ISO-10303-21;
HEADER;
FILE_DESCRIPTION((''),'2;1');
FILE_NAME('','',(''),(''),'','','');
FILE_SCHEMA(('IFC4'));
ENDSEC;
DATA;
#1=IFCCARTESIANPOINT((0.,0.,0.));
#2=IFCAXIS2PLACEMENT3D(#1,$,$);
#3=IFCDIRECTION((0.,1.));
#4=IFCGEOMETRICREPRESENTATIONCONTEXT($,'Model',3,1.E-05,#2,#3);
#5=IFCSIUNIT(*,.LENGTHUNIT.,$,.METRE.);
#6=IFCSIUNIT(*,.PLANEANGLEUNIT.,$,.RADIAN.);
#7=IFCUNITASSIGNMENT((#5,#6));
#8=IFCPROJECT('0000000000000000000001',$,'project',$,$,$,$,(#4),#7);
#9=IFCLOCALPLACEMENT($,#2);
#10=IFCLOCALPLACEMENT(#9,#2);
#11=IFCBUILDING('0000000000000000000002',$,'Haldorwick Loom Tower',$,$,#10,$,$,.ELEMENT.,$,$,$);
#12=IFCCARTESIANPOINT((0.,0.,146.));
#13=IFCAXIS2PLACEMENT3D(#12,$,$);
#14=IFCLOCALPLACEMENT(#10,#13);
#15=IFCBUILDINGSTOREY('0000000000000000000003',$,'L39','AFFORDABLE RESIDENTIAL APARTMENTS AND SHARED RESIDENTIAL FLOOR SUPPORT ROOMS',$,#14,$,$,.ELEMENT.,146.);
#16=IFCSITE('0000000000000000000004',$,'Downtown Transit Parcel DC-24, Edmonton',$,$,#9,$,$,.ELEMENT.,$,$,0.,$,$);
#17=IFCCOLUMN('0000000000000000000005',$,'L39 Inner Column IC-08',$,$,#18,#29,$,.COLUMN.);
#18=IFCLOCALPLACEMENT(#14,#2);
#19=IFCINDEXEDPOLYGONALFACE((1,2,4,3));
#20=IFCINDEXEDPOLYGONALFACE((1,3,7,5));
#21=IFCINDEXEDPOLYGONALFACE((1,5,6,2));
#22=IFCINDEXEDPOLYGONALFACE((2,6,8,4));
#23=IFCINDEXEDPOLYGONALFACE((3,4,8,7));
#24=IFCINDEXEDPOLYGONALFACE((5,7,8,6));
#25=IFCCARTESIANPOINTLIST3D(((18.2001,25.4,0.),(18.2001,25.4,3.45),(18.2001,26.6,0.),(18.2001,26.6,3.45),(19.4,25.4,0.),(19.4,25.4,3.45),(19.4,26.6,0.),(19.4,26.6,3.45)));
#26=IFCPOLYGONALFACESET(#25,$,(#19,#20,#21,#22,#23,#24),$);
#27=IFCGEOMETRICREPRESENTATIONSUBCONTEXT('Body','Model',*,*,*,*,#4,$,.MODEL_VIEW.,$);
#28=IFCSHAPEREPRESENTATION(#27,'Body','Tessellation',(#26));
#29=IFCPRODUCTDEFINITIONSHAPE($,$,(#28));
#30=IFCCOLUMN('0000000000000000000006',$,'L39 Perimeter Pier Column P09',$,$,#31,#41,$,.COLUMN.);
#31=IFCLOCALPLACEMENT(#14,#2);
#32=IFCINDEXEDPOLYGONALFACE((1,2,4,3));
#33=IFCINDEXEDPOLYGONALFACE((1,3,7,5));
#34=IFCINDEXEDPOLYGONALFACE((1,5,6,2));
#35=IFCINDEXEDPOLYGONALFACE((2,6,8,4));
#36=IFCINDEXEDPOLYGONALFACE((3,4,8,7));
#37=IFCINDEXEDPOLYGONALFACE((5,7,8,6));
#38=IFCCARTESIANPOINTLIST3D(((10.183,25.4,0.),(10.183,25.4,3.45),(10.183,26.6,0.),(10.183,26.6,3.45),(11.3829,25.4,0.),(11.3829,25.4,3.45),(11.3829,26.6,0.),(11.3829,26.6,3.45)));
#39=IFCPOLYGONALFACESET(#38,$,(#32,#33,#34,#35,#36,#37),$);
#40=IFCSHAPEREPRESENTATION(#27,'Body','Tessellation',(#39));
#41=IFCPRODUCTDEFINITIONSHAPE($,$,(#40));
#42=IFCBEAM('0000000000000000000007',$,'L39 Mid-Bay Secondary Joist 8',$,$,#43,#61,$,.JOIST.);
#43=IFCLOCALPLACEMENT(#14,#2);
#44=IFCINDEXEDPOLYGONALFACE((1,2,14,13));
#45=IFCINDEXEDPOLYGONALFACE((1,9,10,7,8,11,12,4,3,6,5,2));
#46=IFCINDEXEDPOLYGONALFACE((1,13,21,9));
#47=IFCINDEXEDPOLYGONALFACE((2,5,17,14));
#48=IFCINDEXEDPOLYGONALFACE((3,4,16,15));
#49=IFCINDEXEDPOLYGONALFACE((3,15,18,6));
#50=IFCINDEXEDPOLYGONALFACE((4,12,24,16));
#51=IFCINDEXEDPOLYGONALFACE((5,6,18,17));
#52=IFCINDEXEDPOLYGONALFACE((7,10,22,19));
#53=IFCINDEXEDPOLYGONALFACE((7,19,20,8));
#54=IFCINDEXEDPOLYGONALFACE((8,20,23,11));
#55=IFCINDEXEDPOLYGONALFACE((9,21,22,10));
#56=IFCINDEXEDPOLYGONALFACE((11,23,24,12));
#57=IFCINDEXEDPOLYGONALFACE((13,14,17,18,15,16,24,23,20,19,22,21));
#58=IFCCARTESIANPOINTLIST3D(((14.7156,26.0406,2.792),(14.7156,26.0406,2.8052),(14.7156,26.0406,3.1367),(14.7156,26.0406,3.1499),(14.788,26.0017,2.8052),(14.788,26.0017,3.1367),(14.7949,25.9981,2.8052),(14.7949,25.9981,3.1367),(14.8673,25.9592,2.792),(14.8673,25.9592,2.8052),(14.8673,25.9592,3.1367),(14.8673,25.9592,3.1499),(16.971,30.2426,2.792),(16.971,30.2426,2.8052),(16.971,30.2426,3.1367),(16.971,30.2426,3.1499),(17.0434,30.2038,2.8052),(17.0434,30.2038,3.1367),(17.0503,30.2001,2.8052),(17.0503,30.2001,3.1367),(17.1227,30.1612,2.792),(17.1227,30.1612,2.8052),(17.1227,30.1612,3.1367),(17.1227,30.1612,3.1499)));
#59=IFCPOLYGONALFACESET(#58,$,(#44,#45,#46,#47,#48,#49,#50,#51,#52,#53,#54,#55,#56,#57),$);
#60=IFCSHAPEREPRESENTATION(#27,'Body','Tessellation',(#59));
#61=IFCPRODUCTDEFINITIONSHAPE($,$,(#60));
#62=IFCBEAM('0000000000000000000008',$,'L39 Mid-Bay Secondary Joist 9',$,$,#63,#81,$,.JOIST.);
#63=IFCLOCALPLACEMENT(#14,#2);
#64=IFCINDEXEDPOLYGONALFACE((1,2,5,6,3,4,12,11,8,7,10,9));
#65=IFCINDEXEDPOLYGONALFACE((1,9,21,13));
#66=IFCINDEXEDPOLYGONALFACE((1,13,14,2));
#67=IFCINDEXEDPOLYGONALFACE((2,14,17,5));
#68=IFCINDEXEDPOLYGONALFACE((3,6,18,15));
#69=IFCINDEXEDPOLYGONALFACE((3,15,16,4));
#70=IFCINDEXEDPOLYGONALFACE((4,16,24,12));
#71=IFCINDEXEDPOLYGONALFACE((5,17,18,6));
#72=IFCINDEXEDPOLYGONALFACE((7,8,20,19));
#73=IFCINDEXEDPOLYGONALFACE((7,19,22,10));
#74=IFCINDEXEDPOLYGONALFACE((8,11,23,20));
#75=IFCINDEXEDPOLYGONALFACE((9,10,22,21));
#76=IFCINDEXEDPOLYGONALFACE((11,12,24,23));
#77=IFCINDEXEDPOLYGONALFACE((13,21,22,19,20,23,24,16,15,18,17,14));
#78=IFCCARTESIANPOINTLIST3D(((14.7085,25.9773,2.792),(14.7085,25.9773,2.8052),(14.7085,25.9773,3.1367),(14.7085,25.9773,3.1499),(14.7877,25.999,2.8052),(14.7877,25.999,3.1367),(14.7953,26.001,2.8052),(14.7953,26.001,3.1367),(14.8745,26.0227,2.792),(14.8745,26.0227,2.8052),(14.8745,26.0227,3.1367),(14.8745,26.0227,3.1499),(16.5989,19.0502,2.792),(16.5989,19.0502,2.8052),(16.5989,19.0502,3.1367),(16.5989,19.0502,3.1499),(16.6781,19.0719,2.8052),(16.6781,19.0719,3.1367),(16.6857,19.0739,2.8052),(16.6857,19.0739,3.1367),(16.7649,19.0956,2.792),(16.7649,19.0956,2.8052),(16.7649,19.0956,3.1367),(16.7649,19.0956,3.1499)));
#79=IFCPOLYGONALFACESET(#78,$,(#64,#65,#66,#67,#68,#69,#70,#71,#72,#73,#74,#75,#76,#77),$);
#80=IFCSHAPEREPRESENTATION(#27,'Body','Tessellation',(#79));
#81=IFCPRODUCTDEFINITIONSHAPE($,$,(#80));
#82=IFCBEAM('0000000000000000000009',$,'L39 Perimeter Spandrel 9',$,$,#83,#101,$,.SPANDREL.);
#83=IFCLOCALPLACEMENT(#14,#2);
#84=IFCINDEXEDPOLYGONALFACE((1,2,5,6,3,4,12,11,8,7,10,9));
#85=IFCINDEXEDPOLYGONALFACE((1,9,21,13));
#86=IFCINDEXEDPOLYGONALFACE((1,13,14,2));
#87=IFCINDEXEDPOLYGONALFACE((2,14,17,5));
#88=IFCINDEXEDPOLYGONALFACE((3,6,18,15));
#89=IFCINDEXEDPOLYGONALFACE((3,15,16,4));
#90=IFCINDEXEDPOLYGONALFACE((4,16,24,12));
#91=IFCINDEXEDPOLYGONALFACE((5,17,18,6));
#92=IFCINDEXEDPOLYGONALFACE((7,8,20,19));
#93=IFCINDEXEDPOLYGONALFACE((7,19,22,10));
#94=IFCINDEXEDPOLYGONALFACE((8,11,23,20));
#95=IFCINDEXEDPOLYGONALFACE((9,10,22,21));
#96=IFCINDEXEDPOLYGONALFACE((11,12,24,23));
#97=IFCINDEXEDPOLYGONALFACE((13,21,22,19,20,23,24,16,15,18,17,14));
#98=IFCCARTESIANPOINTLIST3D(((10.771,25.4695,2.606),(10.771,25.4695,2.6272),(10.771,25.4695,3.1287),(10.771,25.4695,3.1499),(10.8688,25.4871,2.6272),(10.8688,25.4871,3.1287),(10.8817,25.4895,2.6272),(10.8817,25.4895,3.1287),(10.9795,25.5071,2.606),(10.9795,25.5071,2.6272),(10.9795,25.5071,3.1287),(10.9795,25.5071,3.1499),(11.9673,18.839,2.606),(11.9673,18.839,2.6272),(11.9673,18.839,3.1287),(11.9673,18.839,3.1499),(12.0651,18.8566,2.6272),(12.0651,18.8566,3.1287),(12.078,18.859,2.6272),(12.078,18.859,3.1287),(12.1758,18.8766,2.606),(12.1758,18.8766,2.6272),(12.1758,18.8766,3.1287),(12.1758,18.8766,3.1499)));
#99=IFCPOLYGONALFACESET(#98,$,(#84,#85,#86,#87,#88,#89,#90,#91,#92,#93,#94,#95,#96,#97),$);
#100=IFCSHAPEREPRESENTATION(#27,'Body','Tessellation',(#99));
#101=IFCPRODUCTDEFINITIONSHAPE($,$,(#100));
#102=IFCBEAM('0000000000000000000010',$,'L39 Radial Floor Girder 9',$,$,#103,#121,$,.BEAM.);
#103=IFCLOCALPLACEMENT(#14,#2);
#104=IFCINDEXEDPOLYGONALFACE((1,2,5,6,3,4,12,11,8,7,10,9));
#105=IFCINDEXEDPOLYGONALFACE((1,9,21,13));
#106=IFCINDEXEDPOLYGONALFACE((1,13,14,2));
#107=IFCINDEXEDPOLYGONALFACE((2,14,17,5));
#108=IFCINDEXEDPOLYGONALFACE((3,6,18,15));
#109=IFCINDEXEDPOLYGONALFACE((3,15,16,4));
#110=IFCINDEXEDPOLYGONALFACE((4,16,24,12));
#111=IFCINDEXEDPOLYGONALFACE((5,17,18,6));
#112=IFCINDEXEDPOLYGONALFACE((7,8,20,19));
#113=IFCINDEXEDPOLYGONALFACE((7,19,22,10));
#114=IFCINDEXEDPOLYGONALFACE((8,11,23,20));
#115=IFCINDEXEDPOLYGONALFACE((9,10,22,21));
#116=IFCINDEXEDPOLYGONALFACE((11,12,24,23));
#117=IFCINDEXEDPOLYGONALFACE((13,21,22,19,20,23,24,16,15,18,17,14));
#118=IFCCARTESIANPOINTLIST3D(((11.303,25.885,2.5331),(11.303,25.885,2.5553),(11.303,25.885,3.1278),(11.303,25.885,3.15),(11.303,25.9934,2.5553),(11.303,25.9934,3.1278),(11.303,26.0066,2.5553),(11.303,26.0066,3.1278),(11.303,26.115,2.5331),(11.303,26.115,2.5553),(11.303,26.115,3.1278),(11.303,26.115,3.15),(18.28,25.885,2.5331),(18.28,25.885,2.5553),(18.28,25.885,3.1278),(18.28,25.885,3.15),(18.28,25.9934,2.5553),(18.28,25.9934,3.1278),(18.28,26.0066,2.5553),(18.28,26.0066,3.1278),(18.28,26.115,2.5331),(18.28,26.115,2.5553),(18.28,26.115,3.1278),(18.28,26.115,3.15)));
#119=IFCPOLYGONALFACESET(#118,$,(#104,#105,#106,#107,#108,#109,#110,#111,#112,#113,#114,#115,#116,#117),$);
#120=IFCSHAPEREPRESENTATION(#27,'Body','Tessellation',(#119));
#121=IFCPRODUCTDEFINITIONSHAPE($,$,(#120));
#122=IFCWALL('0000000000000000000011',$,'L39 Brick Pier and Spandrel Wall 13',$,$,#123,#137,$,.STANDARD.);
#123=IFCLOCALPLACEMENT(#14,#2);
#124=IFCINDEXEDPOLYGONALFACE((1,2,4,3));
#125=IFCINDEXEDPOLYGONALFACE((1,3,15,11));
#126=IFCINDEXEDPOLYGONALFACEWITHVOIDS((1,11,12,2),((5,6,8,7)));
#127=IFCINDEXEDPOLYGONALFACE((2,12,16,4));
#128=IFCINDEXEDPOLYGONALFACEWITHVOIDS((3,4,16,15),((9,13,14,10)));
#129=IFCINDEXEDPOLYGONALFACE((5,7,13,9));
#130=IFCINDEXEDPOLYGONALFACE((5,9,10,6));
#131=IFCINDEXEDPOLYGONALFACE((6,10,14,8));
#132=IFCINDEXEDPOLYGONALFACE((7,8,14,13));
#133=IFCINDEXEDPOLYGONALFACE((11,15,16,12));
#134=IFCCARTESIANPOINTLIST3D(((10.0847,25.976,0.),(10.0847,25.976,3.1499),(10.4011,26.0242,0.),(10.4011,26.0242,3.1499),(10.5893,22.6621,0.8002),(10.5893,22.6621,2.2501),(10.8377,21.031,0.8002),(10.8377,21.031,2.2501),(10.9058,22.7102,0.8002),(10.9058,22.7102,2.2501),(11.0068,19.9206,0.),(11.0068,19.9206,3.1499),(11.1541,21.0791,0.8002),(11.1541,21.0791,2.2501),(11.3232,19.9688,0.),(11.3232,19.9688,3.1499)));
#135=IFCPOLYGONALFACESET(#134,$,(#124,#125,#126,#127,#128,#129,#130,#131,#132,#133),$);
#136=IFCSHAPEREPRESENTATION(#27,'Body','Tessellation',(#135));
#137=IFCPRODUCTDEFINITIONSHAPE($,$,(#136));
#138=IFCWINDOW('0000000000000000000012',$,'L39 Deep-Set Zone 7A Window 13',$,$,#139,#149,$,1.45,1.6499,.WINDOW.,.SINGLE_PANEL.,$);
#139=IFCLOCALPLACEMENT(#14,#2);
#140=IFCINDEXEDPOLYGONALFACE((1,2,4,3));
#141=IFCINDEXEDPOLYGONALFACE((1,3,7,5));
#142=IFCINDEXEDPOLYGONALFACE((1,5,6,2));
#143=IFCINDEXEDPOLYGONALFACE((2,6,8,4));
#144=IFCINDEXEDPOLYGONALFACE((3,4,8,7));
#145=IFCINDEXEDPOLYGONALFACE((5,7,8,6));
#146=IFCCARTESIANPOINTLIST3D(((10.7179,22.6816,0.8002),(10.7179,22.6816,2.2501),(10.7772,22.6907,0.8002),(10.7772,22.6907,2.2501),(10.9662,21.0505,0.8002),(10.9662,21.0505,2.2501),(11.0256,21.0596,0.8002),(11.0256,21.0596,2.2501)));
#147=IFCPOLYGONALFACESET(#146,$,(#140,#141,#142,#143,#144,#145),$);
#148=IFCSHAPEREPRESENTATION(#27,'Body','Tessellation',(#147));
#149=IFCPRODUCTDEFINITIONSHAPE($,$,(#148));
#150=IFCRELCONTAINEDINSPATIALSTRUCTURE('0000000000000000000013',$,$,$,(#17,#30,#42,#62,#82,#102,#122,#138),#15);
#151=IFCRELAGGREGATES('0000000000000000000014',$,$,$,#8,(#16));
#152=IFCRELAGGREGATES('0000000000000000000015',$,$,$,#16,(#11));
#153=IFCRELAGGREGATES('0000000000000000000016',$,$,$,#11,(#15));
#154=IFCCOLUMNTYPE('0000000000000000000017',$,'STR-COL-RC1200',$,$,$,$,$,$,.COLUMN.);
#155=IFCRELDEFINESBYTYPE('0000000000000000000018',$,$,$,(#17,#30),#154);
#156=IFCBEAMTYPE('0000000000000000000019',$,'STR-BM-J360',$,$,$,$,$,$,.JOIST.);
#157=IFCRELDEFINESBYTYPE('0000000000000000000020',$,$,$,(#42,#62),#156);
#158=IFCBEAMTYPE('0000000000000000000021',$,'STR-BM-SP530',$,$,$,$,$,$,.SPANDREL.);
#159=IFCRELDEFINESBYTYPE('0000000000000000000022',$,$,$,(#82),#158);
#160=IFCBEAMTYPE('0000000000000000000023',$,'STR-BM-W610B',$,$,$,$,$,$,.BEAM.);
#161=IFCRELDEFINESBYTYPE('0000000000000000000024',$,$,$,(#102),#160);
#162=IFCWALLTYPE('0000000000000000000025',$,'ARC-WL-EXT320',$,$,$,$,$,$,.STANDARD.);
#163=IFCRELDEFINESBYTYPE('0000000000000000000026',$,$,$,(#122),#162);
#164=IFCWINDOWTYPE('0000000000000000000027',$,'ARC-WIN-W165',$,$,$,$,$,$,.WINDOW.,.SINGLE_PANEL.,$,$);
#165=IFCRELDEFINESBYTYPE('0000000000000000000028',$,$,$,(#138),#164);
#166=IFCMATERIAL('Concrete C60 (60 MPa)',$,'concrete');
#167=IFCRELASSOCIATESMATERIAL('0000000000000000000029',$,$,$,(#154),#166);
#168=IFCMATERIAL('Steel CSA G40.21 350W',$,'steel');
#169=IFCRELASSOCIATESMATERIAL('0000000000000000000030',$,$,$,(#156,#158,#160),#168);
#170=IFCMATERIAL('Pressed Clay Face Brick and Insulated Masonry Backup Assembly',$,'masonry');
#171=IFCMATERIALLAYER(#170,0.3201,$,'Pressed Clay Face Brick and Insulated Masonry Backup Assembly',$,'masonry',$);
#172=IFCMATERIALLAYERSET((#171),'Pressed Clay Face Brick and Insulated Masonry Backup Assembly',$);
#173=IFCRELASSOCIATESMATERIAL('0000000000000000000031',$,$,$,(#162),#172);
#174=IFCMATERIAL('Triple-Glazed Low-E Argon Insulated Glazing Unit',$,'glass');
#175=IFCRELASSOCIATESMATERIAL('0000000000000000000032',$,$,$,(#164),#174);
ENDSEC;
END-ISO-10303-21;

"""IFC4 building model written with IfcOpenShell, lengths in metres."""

from ifc_helpers import new_model, si_unit, direction, frame, frame_2d, origin, origin_2d, place, context, subcontext, project, spatial, rectangle, i_section, extrude, material, layer, layer_set, material_profile, profile_set, type_object, element, fill, save


model = new_model("IFC4")

# Units and contexts
model_context = context("Model", 3, precision=1e-05, world=origin(), true_north=direction((0.0, 1.0)))
body_context = subcontext(model_context, "Body", "Model", "MODEL_VIEW")
ifc_project = project(units=[si_unit("LENGTHUNIT", "METRE"), si_unit("PLANEANGLEUNIT", "RADIAN")], contexts=[model_context])

# Site, building, storey
site_placement = place(None, origin())
site = spatial("IfcSite", under=ifc_project, at=site_placement, Name="Downtown Transit Parcel DC-24, Edmonton", CompositionType="ELEMENT", RefElevation=0.0)
building_placement = place(site_placement, origin())
building = spatial("IfcBuilding", under=site, at=building_placement, Name="Haldorwick Loom Tower", CompositionType="ELEMENT")
storey_placement = place(building_placement, frame((0.0, 0.0, 146.0)))
storey = spatial("IfcBuildingStorey", under=building, at=storey_placement, Name="L39", Description="AFFORDABLE RESIDENTIAL APARTMENTS AND SHARED RESIDENTIAL FLOOR SUPPORT ROOMS", CompositionType="ELEMENT", Elevation=146.0)

# Columns
ifc_material_1 = material(Name="Concrete C60 (60 MPa)", Category="concrete")
ifc_material_profile_1 = material_profile(ifc_material_1, rectangle(XDim=1.2, YDim=1.2, at=origin_2d()), Name="RC1200X1200", Category="concrete")
ifc_profile_set_1 = profile_set([ifc_material_profile_1], Name="Concrete C60 (60 MPa)")
column_type = type_object("IfcColumnType", Name="STR-COL-RC1200", PredefinedType="COLUMN", material=ifc_profile_set_1)
for number, where, z_axis, x_axis, name in (
    (1, (18.8, 26.0, 0.0), (0.0, 0.0, 1.0), (1.0, 0.0, 0.0), "L39 Inner Column IC-08"),
    (2, (10.783, 26.0, 0.0), (0.0, 0.0, 1.0), (-1.0, 0.0, 0.0), "L39 Perimeter Pier Column P09"),
):
    element("IfcColumn", number, at=place(storey_placement, frame(where, z_axis=z_axis, x_axis=x_axis)), inside=storey, type_object=column_type, Name=name, PredefinedType="COLUMN", context=body_context, shape_type="SweptSolid", body=[
        extrude(rectangle(XDim=1.2, YDim=1.2, at=origin_2d()), origin(), (0.0, 0.0, 1.0), 3.45),
    ])

# Beams
ifc_material_2 = material(Name="Steel CSA G40.21 350W", Category="steel")
ifc_material_profile_2 = material_profile(ifc_material_2, i_section(OverallWidth=0.1721, OverallDepth=0.3579, WebThickness=0.0078, FlangeThickness=0.0132, at=origin_2d()), Name="W360X57", Category="steel")
ifc_profile_set_2 = profile_set([ifc_material_profile_2], Name="Steel CSA G40.21 350W")
beam_type_1 = type_object("IfcBeamType", Name="STR-BM-J360", PredefinedType="JOIST", material=ifc_profile_set_2)
beam_1_placement = place(storey_placement, frame((17.0469, 30.2019, 2.9709), z_axis=(-0.47293, -0.8811, 0.0), x_axis=(0.8811, -0.47293, 0.0)))
element("IfcBeam", 3, at=beam_1_placement, inside=storey, type_object=beam_type_1, Name="L39 Mid-Bay Secondary Joist 8", PredefinedType="JOIST", context=body_context, shape_type="SweptSolid", body=[
    extrude(i_section(OverallWidth=0.1721, OverallDepth=0.3579, WebThickness=0.0078, FlangeThickness=0.0132, at=origin_2d()), origin(), (0.0, 0.0, 1.0), 4.769),
])
beam_2_placement = place(storey_placement, frame((14.7915, 26.0, 2.9709), z_axis=(0.263273, -0.964721, 0.0), x_axis=(0.964721, 0.263273, 0.0)))
element("IfcBeam", 4, at=beam_2_placement, inside=storey, type_object=beam_type_1, Name="L39 Mid-Bay Secondary Joist 9", PredefinedType="JOIST", context=body_context, shape_type="SweptSolid", body=[
    extrude(i_section(OverallWidth=0.1721, OverallDepth=0.3579, WebThickness=0.0078, FlangeThickness=0.0132, at=origin_2d()), origin(), (0.0, 0.0, 1.0), 7.1804),
])
ifc_material_profile_3 = material_profile(ifc_material_2, i_section(OverallWidth=0.2119, OverallDepth=0.5439, WebThickness=0.0132, FlangeThickness=0.0212, at=origin_2d()), Name="W530X123", Category="steel")
ifc_profile_set_3 = profile_set([ifc_material_profile_3], Name="Steel CSA G40.21 350W")
beam_type_2 = type_object("IfcBeamType", Name="STR-BM-SP530", PredefinedType="SPANDREL", material=ifc_profile_set_3)
beam_3_placement = place(storey_placement, frame((10.8752, 25.4883, 2.8779), z_axis=(0.177559, -0.98411, 0.0), x_axis=(0.98411, 0.177559, 0.0)))
element("IfcBeam", 5, at=beam_3_placement, inside=storey, type_object=beam_type_2, Name="L39 Perimeter Spandrel 9", PredefinedType="SPANDREL", context=body_context, shape_type="SweptSolid", body=[
    extrude(i_section(OverallWidth=0.2119, OverallDepth=0.5439, WebThickness=0.0132, FlangeThickness=0.0212, at=origin_2d()), origin(), (0.0, 0.0, 1.0), 6.7375),
])
ifc_material_profile_4 = material_profile(ifc_material_2, i_section(OverallWidth=0.23, OverallDepth=0.6169, WebThickness=0.0132, FlangeThickness=0.0222, at=origin_2d()), Name="W610X140", Category="steel")
ifc_profile_set_4 = profile_set([ifc_material_profile_4], Name="Steel CSA G40.21 350W")
beam_type_3 = type_object("IfcBeamType", Name="STR-BM-W610B", PredefinedType="BEAM", material=ifc_profile_set_4)
beam_4_placement = place(storey_placement, frame((18.28, 26.0, 2.8416), z_axis=(-1.0, 0.0, 0.0), x_axis=(0.0, -1.0, 0.0)))
element("IfcBeam", 6, at=beam_4_placement, inside=storey, type_object=beam_type_3, Name="L39 Radial Floor Girder 9", PredefinedType="BEAM", context=body_context, shape_type="SweptSolid", body=[
    extrude(i_section(OverallWidth=0.23, OverallDepth=0.6169, WebThickness=0.0132, FlangeThickness=0.0222, at=origin_2d()), origin(), (0.0, 0.0, 1.0), 6.9771),
])

# Wall, opening, window
ifc_material_3 = material(Name="Pressed Clay Face Brick and Insulated Masonry Backup Assembly", Category="masonry")
ifc_layer_1 = layer(ifc_material_3, 0.3201, Name="Pressed Clay Face Brick and Insulated Masonry Backup Assembly", Category="masonry")
ifc_layer_set_1 = layer_set([ifc_layer_1], Name="Pressed Clay Face Brick and Insulated Masonry Backup Assembly")
wall_type_1 = type_object("IfcWallType", Name="ARC-WL-EXT320", PredefinedType="STANDARD", material=ifc_layer_set_1)
wall_1_placement = place(storey_placement, frame((10.2429, 26.0, 0.0), z_axis=(0.0, 0.0, 1.0), x_axis=(0.150544, -0.988603, 0.0)))
wall_1 = element("IfcWall", 7, at=wall_1_placement, inside=storey, type_object=wall_type_1, Name="L39 Brick Pier and Spandrel Wall 13", PredefinedType="STANDARD", context=body_context, shape_type="SweptSolid", body=[
    extrude(rectangle(XDim=6.1252, YDim=0.3201, at=frame_2d((3.0625, 0.0))), origin(), (0.0, 0.0, 1.0), 3.1499),
])
opening_1_placement = place(wall_1_placement, frame((3.3521, 0.0, 0.8)))
opening_1 = element("IfcOpeningElement", 8, at=opening_1_placement, cuts=wall_1, PredefinedType="OPENING", context=body_context, shape_type="SweptSolid", body=[
    extrude(rectangle(XDim=1.6499, YDim=1.45, at=frame_2d((0.825, 0.7251))), frame((0.0, 0.1699, 0.0), z_axis=(0.0, -1.0, 0.0), x_axis=(1.0, 0.0, 0.0)), (0.0, 0.0, 1.0), 0.3401),
])
ifc_material_4 = material(Name="Triple-Glazed Low-E Argon Insulated Glazing Unit", Category="glass")
window_type = type_object("IfcWindowType", Name="ARC-WIN-W165", PartitioningType="SINGLE_PANEL", PredefinedType="WINDOW", material=ifc_material_4)
window_placement = place(opening_1_placement, origin())
window = element("IfcWindow", 9, at=window_placement, inside=storey, type_object=window_type, Name="L39 Deep-Set Zone 7A Window 13", OverallHeight=1.45, OverallWidth=1.6499, PartitioningType="SINGLE_PANEL", PredefinedType="WINDOW", context=body_context, shape_type="SweptSolid", body=[
    extrude(rectangle(XDim=1.6499, YDim=1.45, at=frame_2d((0.825, 0.7251))), frame((0.0, 0.03, 0.0), z_axis=(0.0, -1.0, 0.0), x_axis=(1.0, 0.0, 0.0)), (0.0, 0.0, 1.0), 0.0601),
])
fill(opening_1, window)

save(model, "model.ifc")
